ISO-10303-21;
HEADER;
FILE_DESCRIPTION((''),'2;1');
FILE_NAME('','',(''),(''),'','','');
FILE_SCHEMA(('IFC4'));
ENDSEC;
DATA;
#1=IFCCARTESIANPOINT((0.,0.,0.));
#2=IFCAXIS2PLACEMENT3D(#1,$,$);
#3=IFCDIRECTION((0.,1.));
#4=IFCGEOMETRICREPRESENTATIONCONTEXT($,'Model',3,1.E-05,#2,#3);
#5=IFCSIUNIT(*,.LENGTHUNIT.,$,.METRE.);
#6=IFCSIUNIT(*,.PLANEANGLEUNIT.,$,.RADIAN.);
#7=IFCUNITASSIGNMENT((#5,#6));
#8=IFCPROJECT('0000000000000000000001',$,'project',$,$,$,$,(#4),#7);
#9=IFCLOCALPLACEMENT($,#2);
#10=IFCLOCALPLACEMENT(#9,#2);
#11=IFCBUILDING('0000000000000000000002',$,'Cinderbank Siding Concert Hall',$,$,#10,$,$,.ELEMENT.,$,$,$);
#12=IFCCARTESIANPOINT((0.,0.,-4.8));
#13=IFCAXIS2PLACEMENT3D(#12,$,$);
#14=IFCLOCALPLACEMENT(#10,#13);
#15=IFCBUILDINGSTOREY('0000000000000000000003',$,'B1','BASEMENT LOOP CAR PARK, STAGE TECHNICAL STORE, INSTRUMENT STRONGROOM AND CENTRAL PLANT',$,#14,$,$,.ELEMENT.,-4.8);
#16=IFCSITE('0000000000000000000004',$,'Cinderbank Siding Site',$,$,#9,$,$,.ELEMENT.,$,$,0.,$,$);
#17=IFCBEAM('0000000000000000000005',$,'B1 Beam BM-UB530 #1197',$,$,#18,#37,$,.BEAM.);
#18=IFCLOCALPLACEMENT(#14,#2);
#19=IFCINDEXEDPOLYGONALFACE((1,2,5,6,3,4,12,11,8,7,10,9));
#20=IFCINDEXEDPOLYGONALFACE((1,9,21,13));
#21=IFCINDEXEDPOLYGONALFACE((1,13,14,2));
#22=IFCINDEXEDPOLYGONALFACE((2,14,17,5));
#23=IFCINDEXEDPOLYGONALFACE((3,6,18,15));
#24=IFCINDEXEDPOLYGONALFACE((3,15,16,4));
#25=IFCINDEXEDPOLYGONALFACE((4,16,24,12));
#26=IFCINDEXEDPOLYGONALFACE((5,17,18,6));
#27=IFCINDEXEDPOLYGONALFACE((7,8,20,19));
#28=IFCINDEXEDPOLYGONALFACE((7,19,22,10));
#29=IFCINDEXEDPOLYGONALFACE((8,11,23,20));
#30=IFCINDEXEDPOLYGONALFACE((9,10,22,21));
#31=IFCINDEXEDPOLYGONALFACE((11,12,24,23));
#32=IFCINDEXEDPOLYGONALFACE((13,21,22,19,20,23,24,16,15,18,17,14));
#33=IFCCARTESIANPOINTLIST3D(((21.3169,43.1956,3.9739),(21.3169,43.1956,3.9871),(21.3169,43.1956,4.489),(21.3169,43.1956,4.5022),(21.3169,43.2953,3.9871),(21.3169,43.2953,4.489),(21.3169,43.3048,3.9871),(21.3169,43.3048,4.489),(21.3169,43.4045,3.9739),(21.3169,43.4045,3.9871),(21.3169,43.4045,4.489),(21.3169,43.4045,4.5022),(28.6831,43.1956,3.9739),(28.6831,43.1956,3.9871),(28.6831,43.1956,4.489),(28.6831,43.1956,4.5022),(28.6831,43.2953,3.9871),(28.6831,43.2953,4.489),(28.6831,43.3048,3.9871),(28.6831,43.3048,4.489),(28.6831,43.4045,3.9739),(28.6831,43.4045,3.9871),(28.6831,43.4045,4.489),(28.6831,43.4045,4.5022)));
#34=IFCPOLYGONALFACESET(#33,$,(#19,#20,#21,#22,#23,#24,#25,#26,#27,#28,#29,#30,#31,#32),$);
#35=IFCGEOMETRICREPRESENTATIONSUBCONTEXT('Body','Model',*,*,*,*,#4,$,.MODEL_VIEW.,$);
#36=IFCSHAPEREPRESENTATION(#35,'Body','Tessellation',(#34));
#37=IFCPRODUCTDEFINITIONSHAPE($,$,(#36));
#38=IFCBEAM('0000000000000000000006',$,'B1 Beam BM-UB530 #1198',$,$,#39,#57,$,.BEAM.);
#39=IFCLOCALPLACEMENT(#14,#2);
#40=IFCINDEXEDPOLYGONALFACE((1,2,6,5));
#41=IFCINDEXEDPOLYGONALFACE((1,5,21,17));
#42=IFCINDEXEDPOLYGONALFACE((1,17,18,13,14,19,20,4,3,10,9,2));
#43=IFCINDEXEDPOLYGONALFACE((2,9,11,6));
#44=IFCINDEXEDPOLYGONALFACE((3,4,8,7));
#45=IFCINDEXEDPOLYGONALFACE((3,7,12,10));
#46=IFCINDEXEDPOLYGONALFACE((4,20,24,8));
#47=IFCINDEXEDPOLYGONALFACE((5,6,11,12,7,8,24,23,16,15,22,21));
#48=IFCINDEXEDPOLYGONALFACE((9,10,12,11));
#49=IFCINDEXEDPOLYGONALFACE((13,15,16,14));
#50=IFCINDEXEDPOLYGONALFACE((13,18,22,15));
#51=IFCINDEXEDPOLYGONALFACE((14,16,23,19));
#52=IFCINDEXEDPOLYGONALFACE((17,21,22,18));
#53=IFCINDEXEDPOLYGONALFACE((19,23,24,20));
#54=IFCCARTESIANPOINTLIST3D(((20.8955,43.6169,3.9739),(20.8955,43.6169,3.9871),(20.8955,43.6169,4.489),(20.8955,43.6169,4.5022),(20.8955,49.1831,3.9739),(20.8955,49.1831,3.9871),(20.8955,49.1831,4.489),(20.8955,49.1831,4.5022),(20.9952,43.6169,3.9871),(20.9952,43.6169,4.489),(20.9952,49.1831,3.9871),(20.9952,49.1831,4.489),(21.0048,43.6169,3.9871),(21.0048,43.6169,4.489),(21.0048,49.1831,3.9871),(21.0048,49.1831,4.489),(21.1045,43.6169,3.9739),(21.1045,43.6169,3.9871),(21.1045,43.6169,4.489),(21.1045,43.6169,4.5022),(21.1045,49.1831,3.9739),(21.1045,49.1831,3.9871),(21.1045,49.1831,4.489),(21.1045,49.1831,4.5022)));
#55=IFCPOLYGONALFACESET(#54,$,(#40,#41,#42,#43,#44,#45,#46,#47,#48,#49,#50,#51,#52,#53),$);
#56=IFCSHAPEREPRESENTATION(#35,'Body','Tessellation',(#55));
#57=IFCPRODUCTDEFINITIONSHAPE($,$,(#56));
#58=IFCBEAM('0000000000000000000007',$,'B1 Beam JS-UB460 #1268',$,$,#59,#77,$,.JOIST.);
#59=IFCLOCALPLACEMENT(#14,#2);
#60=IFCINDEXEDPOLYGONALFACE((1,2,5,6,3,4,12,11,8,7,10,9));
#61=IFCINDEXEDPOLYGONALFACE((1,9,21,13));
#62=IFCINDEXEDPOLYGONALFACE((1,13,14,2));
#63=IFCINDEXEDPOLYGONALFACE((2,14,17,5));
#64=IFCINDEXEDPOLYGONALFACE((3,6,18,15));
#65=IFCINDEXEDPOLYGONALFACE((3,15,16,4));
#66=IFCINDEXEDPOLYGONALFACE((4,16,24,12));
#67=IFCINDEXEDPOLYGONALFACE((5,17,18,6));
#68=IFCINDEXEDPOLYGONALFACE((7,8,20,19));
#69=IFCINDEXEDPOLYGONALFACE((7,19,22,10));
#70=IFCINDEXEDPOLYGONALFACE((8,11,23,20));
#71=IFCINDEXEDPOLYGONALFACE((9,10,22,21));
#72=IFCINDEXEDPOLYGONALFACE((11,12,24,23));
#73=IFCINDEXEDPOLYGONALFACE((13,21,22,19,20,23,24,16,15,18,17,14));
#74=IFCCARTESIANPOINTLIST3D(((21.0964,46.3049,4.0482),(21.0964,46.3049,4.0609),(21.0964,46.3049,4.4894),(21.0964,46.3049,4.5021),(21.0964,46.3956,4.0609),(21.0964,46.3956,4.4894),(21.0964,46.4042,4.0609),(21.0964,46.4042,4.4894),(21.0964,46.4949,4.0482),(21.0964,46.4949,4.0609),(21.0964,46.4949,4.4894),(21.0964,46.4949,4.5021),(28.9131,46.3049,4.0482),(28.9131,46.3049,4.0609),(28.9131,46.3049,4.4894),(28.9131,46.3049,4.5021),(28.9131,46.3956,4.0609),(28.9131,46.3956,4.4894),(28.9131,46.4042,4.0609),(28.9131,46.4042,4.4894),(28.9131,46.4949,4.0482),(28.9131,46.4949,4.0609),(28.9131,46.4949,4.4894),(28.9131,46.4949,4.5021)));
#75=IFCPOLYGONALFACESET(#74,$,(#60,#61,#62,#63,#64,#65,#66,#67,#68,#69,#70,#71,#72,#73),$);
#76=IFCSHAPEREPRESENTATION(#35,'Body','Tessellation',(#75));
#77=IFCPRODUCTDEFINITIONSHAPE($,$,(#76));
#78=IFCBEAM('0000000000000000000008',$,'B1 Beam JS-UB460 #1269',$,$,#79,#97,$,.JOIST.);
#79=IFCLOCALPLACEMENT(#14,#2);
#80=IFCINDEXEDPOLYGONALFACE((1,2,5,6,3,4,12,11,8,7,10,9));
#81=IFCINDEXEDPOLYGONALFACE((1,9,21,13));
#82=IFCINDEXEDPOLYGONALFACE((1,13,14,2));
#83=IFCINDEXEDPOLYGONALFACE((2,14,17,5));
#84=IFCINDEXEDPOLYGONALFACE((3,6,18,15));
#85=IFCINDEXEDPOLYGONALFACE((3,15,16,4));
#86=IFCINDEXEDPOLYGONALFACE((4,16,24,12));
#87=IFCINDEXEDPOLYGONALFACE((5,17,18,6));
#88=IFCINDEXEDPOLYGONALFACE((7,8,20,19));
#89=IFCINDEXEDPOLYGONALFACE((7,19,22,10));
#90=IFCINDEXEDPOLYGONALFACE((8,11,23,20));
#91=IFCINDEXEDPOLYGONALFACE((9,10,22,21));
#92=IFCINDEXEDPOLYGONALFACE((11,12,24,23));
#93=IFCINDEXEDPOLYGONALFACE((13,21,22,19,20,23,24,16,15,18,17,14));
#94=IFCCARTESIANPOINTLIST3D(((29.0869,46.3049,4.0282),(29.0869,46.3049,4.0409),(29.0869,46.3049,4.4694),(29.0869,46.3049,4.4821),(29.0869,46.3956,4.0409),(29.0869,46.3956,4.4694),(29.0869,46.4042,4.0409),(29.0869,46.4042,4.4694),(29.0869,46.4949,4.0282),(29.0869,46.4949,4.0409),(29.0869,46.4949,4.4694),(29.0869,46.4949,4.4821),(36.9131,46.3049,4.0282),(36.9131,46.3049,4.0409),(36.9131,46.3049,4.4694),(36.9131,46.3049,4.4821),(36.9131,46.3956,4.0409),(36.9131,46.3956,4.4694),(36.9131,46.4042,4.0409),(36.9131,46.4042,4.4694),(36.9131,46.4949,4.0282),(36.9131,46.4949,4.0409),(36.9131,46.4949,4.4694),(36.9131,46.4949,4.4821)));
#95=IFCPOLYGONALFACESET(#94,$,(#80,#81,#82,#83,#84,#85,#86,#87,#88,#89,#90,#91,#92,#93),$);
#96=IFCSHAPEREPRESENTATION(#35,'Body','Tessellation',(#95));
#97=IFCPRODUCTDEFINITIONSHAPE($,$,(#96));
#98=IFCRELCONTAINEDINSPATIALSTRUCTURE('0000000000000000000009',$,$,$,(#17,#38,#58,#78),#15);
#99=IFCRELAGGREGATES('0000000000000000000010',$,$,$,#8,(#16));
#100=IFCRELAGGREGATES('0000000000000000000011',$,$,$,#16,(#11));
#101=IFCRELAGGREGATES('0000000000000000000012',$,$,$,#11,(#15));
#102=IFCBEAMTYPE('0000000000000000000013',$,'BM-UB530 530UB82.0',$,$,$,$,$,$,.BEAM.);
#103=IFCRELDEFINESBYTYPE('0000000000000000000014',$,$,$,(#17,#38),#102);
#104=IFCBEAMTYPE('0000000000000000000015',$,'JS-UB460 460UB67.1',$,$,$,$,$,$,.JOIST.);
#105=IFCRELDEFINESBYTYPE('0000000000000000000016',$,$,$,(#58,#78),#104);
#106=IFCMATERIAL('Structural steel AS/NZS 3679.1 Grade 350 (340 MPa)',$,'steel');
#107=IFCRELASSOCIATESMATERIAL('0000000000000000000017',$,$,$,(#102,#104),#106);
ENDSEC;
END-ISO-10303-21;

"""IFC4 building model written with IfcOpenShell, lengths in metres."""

from ifc_helpers import new_model, si_unit, direction, frame, origin, origin_2d, place, context, subcontext, project, spatial, i_section, extrude, material, material_profile, profile_set, type_object, element, save


model = new_model("IFC4")

# Units and contexts
model_context = context("Model", 3, precision=1e-05, world=origin(), true_north=direction((0.0, 1.0)))
body_context = subcontext(model_context, "Body", "Model", "MODEL_VIEW")
ifc_project = project(units=[si_unit("LENGTHUNIT", "METRE"), si_unit("PLANEANGLEUNIT", "RADIAN")], contexts=[model_context])

# Site, building, storey
site_placement = place(None, origin())
site = spatial("IfcSite", under=ifc_project, at=site_placement, Name="Cinderbank Siding Site", CompositionType="ELEMENT", RefElevation=0.0)
building_placement = place(site_placement, origin())
building = spatial("IfcBuilding", under=site, at=building_placement, Name="Cinderbank Siding Concert Hall", CompositionType="ELEMENT")
storey_placement = place(building_placement, frame((0.0, 0.0, -4.8)))
storey = spatial("IfcBuildingStorey", under=building, at=storey_placement, Name="B1", Description="BASEMENT LOOP CAR PARK, STAGE TECHNICAL STORE, INSTRUMENT STRONGROOM AND CENTRAL PLANT", CompositionType="ELEMENT", Elevation=-4.8)

# Beams
ifc_material_1 = material(Name="Structural steel AS/NZS 3679.1 Grade 350 (340 MPa)", Category="steel")
ifc_material_profile_1 = material_profile(ifc_material_1, i_section(OverallWidth=0.209, OverallDepth=0.5283, WebThickness=0.0095, FlangeThickness=0.0132, at=origin_2d()), Name="530UB82.0", Category="LoadBearing")
ifc_profile_set_1 = profile_set([ifc_material_profile_1], Name="Structural steel AS/NZS 3679.1 Grade 350 (340 MPa)")
beam_type_1 = type_object("IfcBeamType", Name="BM-UB530 530UB82.0", PredefinedType="BEAM", material=ifc_profile_set_1)
beam_1_placement = place(storey_placement, frame((21.3169, 43.3, 4.238), z_axis=(1.0, 0.0, 0.0), x_axis=(0.0, 1.0, 0.0)))
element("IfcBeam", 1, at=beam_1_placement, inside=storey, type_object=beam_type_1, Name="B1 Beam BM-UB530 #1197", PredefinedType="BEAM", context=body_context, shape_type="SweptSolid", body=[
    extrude(i_section(OverallWidth=0.209, OverallDepth=0.5283, WebThickness=0.0095, FlangeThickness=0.0132, at=origin_2d()), origin(), (0.0, 0.0, 1.0), 7.3662),
])
beam_2_placement = place(storey_placement, frame((21.0, 43.6169, 4.238), z_axis=(0.0, 1.0, 0.0), x_axis=(-1.0, 0.0, 0.0)))
element("IfcBeam", 2, at=beam_2_placement, inside=storey, type_object=beam_type_1, Name="B1 Beam BM-UB530 #1198", PredefinedType="BEAM", context=body_context, shape_type="SweptSolid", body=[
    extrude(i_section(OverallWidth=0.209, OverallDepth=0.5283, WebThickness=0.0095, FlangeThickness=0.0132, at=origin_2d()), origin(), (0.0, 0.0, 1.0), 5.5662),
])
ifc_material_profile_2 = material_profile(ifc_material_1, i_section(OverallWidth=0.1899, OverallDepth=0.4539, WebThickness=0.0085, FlangeThickness=0.0127, at=origin_2d()), Name="460UB67.1", Category="LoadBearing")
ifc_profile_set_2 = profile_set([ifc_material_profile_2], Name="Structural steel AS/NZS 3679.1 Grade 350 (340 MPa)")
beam_type_2 = type_object("IfcBeamType", Name="JS-UB460 460UB67.1", PredefinedType="JOIST", material=ifc_profile_set_2)
beam_3_placement = place(storey_placement, frame((21.0964, 46.3999, 4.2751), z_axis=(1.0, 0.0, 0.0), x_axis=(0.0, 1.0, 0.0)))
element("IfcBeam", 3, at=beam_3_placement, inside=storey, type_object=beam_type_2, Name="B1 Beam JS-UB460 #1268", PredefinedType="JOIST", context=body_context, shape_type="SweptSolid", body=[
    extrude(i_section(OverallWidth=0.1899, OverallDepth=0.4539, WebThickness=0.0085, FlangeThickness=0.0127, at=origin_2d()), origin(), (0.0, 0.0, 1.0), 7.8167),
])
beam_4_placement = place(storey_placement, frame((29.0869, 46.3999, 4.2551), z_axis=(1.0, 0.0, 0.0), x_axis=(0.0, 1.0, 0.0)))
element("IfcBeam", 4, at=beam_4_placement, inside=storey, type_object=beam_type_2, Name="B1 Beam JS-UB460 #1269", PredefinedType="JOIST", context=body_context, shape_type="SweptSolid", body=[
    extrude(i_section(OverallWidth=0.1899, OverallDepth=0.4539, WebThickness=0.0085, FlangeThickness=0.0127, at=origin_2d()), origin(), (0.0, 0.0, 1.0), 7.8262),
])

save(model, "model.ifc")
